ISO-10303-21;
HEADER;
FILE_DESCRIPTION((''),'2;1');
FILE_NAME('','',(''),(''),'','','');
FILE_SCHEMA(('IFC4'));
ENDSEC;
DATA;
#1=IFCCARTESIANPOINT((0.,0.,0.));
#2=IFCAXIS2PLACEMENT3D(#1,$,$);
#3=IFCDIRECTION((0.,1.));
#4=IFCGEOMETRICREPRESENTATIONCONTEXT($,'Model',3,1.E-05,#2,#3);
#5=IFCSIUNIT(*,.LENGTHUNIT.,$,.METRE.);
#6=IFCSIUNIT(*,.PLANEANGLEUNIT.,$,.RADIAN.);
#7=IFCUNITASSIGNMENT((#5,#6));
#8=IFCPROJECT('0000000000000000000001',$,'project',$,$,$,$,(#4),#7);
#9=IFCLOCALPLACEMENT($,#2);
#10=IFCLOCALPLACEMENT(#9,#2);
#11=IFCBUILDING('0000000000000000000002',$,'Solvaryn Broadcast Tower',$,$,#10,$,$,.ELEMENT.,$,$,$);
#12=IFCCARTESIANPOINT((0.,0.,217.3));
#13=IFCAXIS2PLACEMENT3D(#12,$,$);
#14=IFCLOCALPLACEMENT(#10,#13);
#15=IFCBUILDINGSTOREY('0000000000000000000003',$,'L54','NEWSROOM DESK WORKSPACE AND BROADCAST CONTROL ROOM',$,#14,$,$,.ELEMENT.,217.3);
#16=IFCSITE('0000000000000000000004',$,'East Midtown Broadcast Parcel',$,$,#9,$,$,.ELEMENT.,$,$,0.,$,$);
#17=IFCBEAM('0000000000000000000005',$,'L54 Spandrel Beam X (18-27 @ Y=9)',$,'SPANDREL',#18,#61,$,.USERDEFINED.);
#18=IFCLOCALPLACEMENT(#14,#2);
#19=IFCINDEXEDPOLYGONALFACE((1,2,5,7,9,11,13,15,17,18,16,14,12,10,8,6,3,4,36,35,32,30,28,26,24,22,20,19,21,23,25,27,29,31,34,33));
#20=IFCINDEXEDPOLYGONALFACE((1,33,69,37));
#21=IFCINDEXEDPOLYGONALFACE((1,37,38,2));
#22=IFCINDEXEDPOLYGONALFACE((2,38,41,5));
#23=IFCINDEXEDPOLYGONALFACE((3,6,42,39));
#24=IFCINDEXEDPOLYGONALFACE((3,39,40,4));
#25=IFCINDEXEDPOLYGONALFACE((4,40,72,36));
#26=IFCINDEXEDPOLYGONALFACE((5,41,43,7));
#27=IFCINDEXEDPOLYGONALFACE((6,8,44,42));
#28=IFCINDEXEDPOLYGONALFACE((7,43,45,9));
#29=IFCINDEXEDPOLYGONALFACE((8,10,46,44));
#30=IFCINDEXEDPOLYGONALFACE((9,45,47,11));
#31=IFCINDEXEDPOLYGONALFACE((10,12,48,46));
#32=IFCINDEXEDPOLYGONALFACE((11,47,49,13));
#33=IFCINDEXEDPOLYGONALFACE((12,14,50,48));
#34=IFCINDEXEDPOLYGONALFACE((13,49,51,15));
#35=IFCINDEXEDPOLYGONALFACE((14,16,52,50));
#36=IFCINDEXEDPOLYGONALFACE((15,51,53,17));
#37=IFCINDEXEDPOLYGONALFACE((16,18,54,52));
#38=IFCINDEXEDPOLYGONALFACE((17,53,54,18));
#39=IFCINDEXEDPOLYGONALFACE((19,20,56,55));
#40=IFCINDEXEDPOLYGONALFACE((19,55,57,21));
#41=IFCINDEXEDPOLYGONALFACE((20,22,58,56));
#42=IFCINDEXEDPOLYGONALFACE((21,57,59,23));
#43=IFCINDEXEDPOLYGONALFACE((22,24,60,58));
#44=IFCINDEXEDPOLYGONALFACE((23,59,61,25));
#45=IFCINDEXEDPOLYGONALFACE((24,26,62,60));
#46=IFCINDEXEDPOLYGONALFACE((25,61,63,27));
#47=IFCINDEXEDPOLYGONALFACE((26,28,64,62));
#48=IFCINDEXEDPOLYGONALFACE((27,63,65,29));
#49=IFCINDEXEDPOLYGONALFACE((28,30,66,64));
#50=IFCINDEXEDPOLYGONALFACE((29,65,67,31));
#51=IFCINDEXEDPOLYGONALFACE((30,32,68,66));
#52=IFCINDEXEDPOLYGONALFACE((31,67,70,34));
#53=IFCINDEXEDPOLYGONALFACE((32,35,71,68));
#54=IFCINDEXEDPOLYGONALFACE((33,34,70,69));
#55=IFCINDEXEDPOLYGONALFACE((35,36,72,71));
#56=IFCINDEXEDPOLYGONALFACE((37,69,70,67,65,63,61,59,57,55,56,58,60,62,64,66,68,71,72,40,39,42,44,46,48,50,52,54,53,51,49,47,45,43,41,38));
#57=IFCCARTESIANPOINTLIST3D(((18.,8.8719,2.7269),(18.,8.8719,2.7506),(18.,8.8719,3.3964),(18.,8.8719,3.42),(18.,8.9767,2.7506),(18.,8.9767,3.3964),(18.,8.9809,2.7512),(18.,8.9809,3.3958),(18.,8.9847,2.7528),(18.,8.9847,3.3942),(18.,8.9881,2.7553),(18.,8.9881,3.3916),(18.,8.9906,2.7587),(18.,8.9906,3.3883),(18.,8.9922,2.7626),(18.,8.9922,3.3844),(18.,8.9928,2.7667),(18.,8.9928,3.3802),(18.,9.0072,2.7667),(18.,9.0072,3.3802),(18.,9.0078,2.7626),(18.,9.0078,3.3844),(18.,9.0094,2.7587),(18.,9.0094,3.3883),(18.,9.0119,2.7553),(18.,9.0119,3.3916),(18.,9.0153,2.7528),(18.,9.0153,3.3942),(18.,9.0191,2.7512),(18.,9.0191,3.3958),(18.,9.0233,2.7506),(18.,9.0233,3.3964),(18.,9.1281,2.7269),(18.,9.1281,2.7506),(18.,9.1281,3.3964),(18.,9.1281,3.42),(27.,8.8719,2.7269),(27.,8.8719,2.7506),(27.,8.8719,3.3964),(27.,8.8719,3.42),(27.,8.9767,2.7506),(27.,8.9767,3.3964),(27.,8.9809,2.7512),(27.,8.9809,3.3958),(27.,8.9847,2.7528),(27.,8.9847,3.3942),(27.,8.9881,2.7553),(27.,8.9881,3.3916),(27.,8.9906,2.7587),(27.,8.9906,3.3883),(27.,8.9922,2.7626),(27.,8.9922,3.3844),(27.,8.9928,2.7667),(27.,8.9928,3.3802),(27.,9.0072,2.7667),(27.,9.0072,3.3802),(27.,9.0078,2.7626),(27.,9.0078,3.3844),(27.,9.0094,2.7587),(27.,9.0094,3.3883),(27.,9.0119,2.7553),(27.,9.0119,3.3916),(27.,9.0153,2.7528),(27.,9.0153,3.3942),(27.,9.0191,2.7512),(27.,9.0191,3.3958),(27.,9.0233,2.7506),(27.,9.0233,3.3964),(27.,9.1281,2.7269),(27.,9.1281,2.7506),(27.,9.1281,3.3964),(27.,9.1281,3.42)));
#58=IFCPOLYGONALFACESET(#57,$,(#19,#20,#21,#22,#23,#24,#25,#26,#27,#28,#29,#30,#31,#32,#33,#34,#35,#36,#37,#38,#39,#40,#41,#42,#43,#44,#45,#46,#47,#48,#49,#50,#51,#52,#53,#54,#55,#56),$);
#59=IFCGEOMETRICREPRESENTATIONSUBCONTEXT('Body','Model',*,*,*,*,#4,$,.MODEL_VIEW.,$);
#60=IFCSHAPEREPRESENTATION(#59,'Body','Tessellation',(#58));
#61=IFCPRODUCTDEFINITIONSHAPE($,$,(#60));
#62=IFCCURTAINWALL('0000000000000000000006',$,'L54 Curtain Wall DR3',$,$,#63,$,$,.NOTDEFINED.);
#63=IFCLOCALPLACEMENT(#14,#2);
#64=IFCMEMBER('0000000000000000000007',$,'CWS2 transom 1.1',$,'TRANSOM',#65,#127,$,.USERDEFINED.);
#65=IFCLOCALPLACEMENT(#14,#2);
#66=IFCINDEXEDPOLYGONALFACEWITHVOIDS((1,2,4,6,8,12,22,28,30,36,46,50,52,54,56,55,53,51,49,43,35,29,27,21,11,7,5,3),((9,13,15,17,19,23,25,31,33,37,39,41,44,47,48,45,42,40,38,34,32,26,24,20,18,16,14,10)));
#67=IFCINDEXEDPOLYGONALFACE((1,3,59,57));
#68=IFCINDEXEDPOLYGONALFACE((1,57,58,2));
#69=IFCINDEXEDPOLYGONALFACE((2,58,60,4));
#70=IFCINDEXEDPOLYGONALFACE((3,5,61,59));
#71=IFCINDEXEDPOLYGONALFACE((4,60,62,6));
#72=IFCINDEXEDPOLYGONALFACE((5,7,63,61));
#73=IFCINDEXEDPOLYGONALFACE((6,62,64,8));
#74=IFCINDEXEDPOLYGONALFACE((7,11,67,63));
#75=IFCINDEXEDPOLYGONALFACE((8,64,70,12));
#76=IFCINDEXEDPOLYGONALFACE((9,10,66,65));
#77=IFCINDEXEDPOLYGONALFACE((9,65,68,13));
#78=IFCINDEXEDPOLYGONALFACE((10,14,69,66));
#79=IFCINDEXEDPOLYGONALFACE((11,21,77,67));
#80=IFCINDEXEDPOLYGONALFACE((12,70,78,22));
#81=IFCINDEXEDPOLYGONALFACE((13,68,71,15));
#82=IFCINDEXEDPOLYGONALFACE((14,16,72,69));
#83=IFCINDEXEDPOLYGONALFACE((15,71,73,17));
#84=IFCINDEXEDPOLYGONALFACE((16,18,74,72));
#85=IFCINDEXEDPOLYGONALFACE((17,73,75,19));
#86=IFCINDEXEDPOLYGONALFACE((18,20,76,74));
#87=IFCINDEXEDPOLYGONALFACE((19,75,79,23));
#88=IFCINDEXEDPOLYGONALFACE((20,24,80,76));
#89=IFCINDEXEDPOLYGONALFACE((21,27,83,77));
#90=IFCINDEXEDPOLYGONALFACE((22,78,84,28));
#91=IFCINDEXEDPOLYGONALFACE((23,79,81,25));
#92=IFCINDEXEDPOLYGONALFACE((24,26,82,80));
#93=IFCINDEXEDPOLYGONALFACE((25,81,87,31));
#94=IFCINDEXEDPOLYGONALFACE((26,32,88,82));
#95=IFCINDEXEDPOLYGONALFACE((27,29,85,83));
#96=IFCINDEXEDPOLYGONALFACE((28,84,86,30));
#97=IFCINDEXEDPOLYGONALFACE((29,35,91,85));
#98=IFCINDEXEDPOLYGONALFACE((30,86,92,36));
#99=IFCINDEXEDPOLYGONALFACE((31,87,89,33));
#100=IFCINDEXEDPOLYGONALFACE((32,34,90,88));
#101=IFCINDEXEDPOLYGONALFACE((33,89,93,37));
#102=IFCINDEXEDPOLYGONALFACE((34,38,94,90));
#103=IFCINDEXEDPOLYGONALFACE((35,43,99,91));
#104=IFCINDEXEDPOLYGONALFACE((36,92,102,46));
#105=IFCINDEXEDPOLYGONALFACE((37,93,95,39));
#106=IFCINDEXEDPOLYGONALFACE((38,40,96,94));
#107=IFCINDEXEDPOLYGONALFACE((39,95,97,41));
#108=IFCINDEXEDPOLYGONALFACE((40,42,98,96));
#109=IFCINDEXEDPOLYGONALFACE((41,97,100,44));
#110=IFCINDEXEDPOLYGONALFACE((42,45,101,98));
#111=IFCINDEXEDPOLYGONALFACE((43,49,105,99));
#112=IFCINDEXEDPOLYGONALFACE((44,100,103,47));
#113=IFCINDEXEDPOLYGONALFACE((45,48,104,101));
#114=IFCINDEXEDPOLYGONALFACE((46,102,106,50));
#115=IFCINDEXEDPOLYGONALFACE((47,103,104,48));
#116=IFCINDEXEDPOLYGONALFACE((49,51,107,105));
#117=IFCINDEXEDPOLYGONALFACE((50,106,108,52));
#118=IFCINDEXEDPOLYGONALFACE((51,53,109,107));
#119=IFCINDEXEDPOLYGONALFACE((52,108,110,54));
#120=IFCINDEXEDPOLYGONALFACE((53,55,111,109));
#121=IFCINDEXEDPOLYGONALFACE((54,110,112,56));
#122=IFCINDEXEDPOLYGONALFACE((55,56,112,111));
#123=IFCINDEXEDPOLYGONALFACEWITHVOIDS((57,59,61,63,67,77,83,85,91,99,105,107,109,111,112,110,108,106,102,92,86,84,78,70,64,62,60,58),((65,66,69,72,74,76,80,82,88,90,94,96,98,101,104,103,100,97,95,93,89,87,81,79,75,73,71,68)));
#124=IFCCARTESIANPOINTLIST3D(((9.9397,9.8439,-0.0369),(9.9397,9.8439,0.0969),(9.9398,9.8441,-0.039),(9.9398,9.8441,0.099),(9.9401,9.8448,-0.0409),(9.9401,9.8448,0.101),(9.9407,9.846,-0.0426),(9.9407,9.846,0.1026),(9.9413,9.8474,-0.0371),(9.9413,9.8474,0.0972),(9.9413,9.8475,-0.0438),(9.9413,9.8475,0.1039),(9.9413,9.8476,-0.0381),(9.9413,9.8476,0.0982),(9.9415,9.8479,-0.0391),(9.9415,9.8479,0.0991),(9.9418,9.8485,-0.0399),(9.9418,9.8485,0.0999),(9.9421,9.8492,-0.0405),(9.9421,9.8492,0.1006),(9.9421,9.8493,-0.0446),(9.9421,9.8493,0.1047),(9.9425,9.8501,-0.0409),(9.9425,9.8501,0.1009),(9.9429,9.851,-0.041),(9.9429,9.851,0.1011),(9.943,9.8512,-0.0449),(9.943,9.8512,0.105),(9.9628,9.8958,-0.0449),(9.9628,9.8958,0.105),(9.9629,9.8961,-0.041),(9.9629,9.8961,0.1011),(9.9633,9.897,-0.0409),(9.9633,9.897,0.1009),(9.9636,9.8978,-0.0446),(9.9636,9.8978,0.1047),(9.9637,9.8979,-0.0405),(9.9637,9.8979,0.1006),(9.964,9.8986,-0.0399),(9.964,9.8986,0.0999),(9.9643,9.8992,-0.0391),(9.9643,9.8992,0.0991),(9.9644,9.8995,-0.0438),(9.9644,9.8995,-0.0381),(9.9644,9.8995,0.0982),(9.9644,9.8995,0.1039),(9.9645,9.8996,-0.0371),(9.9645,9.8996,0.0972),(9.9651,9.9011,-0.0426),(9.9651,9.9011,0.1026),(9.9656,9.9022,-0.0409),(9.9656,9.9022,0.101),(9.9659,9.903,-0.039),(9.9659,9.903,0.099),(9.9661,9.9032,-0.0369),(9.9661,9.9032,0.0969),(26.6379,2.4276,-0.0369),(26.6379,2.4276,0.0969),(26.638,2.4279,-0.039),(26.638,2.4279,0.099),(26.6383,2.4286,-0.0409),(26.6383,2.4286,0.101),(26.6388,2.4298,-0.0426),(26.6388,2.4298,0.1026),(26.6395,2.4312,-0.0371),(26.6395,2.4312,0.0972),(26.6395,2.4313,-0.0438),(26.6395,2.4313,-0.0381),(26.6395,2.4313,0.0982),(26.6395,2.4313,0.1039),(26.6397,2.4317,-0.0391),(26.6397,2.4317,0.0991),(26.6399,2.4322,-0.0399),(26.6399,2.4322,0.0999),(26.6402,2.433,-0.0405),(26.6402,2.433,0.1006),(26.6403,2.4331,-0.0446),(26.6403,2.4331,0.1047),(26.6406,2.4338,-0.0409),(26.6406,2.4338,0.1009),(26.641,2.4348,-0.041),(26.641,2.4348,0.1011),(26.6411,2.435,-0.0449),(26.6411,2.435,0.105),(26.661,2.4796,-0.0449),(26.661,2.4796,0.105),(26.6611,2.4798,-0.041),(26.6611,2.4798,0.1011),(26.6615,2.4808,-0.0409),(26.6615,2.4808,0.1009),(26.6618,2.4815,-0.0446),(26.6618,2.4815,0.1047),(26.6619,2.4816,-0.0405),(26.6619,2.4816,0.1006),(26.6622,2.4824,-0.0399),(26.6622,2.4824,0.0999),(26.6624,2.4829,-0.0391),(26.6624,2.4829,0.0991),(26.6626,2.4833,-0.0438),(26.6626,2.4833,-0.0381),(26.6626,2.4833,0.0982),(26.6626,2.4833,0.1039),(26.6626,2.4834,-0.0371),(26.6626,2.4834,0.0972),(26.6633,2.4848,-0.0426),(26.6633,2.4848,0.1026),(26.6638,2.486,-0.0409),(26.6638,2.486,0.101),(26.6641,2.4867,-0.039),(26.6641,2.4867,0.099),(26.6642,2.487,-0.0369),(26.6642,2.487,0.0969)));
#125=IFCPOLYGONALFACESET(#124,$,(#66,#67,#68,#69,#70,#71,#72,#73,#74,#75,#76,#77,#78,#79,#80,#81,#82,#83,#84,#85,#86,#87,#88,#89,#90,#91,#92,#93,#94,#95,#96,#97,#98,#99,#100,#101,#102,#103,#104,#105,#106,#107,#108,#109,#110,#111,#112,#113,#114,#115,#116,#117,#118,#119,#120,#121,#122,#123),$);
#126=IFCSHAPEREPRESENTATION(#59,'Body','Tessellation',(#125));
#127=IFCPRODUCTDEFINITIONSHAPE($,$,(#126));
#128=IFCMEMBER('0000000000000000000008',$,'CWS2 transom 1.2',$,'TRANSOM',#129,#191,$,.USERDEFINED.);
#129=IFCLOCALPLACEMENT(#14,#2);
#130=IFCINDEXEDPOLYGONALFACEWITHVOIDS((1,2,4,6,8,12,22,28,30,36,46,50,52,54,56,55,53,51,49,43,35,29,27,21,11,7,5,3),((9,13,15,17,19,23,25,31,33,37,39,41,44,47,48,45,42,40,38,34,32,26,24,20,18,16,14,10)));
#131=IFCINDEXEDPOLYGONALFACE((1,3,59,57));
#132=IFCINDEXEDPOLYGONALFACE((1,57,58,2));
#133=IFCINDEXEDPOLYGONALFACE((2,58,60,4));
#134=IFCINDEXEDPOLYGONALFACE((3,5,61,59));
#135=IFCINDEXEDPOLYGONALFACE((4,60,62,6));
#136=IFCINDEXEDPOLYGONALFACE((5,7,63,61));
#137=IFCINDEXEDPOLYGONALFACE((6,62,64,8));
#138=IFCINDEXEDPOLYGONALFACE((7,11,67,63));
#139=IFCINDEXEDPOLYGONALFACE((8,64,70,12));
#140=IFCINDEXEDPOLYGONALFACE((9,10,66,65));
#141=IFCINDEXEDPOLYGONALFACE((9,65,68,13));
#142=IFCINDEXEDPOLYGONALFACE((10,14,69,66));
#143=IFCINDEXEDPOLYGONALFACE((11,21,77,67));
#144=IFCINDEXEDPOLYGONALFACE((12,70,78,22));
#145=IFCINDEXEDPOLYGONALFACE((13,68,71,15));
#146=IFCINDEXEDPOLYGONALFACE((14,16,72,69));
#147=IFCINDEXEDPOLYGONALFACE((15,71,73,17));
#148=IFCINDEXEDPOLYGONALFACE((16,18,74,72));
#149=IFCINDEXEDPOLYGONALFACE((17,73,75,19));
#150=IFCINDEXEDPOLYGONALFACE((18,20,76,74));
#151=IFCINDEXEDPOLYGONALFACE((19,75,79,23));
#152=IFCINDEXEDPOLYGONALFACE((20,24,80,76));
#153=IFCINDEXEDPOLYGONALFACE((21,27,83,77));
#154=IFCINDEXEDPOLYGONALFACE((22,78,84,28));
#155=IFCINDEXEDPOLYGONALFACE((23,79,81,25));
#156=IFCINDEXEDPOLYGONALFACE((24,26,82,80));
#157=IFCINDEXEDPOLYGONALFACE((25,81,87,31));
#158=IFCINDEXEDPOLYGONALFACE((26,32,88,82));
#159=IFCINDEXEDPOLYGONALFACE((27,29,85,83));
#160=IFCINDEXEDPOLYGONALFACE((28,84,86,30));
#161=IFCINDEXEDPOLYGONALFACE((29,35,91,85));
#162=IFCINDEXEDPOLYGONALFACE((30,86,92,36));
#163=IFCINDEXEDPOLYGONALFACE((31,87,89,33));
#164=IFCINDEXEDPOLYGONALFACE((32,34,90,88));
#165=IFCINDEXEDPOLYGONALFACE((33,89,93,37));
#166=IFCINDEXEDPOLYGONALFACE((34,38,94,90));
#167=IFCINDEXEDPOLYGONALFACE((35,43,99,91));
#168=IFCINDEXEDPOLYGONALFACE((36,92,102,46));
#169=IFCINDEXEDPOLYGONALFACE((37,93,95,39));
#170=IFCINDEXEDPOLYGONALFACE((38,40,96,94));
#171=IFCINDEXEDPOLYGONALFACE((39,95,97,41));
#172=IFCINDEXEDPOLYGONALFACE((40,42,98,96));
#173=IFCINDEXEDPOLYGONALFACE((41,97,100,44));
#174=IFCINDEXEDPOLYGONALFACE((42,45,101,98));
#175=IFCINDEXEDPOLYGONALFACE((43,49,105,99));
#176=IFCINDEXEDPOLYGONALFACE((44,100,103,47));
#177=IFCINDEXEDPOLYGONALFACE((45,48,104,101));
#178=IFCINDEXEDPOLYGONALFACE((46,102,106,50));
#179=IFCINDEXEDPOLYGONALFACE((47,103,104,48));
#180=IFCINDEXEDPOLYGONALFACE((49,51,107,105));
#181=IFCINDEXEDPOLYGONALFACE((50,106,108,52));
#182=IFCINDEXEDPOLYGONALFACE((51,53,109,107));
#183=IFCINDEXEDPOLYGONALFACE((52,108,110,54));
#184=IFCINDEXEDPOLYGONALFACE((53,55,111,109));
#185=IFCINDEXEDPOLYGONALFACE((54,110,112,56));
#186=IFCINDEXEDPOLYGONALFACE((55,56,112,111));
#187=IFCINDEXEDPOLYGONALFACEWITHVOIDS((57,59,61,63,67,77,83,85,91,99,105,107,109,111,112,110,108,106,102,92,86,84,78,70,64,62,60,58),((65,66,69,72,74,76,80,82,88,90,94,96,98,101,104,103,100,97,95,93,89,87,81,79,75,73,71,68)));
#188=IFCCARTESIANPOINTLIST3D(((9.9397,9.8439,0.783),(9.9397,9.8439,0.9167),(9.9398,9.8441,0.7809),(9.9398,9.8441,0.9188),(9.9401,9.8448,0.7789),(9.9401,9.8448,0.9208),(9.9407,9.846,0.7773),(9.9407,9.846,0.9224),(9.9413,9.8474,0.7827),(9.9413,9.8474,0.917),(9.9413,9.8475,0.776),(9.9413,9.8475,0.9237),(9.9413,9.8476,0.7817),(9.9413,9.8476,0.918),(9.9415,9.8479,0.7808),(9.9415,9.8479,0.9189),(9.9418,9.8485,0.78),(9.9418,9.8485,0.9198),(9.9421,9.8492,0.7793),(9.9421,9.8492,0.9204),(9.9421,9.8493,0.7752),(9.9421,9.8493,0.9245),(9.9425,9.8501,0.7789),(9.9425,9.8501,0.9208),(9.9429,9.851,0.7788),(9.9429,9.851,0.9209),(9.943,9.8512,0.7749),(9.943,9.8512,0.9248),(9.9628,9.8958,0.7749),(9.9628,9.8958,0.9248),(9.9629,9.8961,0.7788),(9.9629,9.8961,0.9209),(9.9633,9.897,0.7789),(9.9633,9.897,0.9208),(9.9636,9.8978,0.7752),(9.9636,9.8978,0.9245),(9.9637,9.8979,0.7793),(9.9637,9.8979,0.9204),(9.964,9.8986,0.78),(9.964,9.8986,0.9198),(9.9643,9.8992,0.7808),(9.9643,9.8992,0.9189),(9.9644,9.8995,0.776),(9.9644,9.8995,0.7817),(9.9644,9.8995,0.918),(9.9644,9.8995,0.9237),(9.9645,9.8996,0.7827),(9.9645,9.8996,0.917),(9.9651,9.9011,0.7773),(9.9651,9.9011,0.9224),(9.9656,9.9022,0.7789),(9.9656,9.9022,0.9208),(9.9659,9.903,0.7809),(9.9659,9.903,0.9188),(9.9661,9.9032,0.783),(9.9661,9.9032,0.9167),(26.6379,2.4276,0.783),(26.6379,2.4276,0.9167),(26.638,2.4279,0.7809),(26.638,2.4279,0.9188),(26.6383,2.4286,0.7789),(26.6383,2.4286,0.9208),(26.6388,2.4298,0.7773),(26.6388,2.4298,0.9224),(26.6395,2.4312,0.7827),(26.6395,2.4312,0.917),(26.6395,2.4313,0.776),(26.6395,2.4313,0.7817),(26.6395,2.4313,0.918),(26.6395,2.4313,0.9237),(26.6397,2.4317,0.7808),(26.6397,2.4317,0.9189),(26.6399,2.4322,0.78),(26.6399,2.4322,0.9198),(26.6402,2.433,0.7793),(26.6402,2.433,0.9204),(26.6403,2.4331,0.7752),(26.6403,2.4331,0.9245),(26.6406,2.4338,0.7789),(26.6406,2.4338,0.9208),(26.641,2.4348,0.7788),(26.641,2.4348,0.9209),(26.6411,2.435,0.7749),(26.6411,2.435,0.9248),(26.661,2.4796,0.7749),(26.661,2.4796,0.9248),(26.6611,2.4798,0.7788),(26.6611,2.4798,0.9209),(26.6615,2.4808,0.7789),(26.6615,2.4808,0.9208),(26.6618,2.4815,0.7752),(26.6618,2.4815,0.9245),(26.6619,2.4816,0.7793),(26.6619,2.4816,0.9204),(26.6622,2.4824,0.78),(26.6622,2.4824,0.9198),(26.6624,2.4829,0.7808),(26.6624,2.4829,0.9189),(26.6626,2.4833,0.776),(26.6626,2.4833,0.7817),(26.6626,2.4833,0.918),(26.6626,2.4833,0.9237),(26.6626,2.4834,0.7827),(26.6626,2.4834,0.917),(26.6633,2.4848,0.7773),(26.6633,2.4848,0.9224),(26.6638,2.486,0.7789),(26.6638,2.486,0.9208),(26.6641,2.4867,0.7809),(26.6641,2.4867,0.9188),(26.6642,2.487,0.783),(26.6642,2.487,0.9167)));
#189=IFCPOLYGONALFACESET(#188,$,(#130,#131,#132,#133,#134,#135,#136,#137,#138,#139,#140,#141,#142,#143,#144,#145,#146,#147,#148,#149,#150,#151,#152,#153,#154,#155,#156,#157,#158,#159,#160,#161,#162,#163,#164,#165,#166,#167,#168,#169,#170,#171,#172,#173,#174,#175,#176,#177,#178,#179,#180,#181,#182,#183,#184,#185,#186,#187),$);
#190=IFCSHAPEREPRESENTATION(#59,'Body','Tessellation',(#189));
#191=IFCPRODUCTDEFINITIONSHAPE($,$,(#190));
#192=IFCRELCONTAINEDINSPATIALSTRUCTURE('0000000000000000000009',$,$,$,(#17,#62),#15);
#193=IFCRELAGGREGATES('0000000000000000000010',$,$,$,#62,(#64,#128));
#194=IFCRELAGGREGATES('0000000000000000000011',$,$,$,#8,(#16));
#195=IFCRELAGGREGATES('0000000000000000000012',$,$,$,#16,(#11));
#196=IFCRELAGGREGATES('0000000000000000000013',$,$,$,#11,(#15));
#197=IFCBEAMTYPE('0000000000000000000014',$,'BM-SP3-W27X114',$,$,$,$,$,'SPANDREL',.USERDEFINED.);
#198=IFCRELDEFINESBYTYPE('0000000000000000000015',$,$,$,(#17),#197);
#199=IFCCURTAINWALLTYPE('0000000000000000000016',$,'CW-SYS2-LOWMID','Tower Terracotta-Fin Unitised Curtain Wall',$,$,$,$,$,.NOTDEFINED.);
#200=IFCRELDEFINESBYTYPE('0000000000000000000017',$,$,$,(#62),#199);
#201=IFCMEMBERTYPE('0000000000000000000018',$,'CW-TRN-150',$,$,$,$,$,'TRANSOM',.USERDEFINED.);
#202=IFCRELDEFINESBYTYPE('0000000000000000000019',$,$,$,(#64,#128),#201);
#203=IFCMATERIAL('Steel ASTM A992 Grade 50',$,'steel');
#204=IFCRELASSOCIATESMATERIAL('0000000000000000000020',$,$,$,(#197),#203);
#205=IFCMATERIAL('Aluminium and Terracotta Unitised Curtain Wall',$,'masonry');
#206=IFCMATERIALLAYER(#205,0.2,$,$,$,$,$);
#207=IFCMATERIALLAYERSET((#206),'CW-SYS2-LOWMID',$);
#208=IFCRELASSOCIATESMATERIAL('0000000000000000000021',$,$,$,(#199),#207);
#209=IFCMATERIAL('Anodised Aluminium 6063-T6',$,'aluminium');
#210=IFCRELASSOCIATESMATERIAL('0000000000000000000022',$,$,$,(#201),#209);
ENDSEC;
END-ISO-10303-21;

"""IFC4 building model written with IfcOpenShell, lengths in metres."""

from ifc_helpers import new_model, si_unit, direction, frame, origin, origin_2d, place, context, subcontext, project, spatial, hollow_rectangle, i_section, extrude, material, layer, layer_set, material_profile, profile_set, type_object, element, aggregate, save


model = new_model("IFC4")

# Units and contexts
model_context = context("Model", 3, precision=1e-05, world=origin(), true_north=direction((0.0, 1.0)))
body_context = subcontext(model_context, "Body", "Model", "MODEL_VIEW")
ifc_project = project(units=[si_unit("LENGTHUNIT", "METRE"), si_unit("PLANEANGLEUNIT", "RADIAN")], contexts=[model_context])

# Site, building, storey
site_placement = place(None, origin())
site = spatial("IfcSite", under=ifc_project, at=site_placement, Name="East Midtown Broadcast Parcel", CompositionType="ELEMENT", RefElevation=0.0)
building_placement = place(site_placement, origin())
building = spatial("IfcBuilding", under=site, at=building_placement, Name="Solvaryn Broadcast Tower", CompositionType="ELEMENT")
storey_placement = place(building_placement, frame((0.0, 0.0, 217.3)))
storey = spatial("IfcBuildingStorey", under=building, at=storey_placement, Name="L54", Description="NEWSROOM DESK WORKSPACE AND BROADCAST CONTROL ROOM", CompositionType="ELEMENT", Elevation=217.3)

# Beam
ifc_material_1 = material(Name="Steel ASTM A992 Grade 50", Category="steel")
ifc_material_profile_1 = material_profile(ifc_material_1, i_section(OverallWidth=0.2561, OverallDepth=0.6931, WebThickness=0.0144, FlangeThickness=0.0237, FilletRadius=0.0161, at=origin_2d()))
ifc_profile_set_1 = profile_set([ifc_material_profile_1], Name="Steel ASTM A992 Grade 50")
beam_type_1 = type_object("IfcBeamType", Name="BM-SP3-W27X114", ElementType="SPANDREL", PredefinedType="USERDEFINED", material=ifc_profile_set_1)
beam_1_placement = place(storey_placement, frame((18.0, 9.0, 3.0735), z_axis=(1.0, 0.0, 0.0), x_axis=(0.0, 1.0, 0.0)))
element("IfcBeam", 1, at=beam_1_placement, inside=storey, type_object=beam_type_1, Name="L54 Spandrel Beam X (18-27 @ Y=9)", ObjectType="SPANDREL", PredefinedType="USERDEFINED", context=body_context, shape_type="SweptSolid", body=[
    extrude(i_section(OverallWidth=0.2561, OverallDepth=0.6931, WebThickness=0.0144, FlangeThickness=0.0237, FilletRadius=0.0161, at=origin_2d()), origin(), (0.0, 0.0, 1.0), 9.0),
])

# Curtain wall, members
ifc_material_2 = material(Name="Aluminium and Terracotta Unitised Curtain Wall", Category="masonry")
ifc_layer_1 = layer(ifc_material_2, 0.2)
ifc_layer_set_1 = layer_set([ifc_layer_1], Name="CW-SYS2-LOWMID")
curtain_wall_type = type_object("IfcCurtainWallType", Name="CW-SYS2-LOWMID", Description="Tower Terracotta-Fin Unitised Curtain Wall", PredefinedType="NOTDEFINED", material=ifc_layer_set_1)
curtain_wall_placement = place(storey_placement, origin())
curtain_wall = element("IfcCurtainWall", 2, at=curtain_wall_placement, inside=storey, type_object=curtain_wall_type, Name="L54 Curtain Wall DR3", PredefinedType="NOTDEFINED")
ifc_material_3 = material(Name="Anodised Aluminium 6063-T6", Category="aluminium")
ifc_material_profile_2 = material_profile(ifc_material_3, hollow_rectangle(XDim=0.0649, YDim=0.1499, WallThickness=0.0039, InnerFilletRadius=0.0039, OuterFilletRadius=0.0081, at=origin_2d()))
ifc_profile_set_2 = profile_set([ifc_material_profile_2], Name="Anodised Aluminium 6063-T6")
member_type = type_object("IfcMemberType", Name="CW-TRN-150", ElementType="TRANSOM", PredefinedType="USERDEFINED", material=ifc_profile_set_2)
member_1_placement = place(storey_placement, frame((9.9529, 9.8735, 0.03), z_axis=(0.913917, -0.405902, 0.0), x_axis=(0.405902, 0.913917, 0.0)))
member_1 = element("IfcMember", 3, at=member_1_placement, type_object=member_type, Name="CWS2 transom 1.1", ObjectType="TRANSOM", PredefinedType="USERDEFINED", context=body_context, shape_type="SweptSolid", body=[
    extrude(hollow_rectangle(XDim=0.0649, YDim=0.1499, WallThickness=0.0039, InnerFilletRadius=0.0039, OuterFilletRadius=0.0081, at=origin_2d()), origin(), (0.0, 0.0, 1.0), 18.271),
])
member_2_placement = place(storey_placement, frame((9.9529, 9.8735, 0.8499), z_axis=(0.913917, -0.405902, 0.0), x_axis=(0.405902, 0.913917, 0.0)))
member_2 = element("IfcMember", 4, at=member_2_placement, type_object=member_type, Name="CWS2 transom 1.2", ObjectType="TRANSOM", PredefinedType="USERDEFINED", context=body_context, shape_type="SweptSolid", body=[
    extrude(hollow_rectangle(XDim=0.0649, YDim=0.1499, WallThickness=0.0039, InnerFilletRadius=0.0039, OuterFilletRadius=0.0081, at=origin_2d()), origin(), (0.0, 0.0, 1.0), 18.271),
])
aggregate(curtain_wall, [member_1, member_2])

save(model, "model.ifc")
